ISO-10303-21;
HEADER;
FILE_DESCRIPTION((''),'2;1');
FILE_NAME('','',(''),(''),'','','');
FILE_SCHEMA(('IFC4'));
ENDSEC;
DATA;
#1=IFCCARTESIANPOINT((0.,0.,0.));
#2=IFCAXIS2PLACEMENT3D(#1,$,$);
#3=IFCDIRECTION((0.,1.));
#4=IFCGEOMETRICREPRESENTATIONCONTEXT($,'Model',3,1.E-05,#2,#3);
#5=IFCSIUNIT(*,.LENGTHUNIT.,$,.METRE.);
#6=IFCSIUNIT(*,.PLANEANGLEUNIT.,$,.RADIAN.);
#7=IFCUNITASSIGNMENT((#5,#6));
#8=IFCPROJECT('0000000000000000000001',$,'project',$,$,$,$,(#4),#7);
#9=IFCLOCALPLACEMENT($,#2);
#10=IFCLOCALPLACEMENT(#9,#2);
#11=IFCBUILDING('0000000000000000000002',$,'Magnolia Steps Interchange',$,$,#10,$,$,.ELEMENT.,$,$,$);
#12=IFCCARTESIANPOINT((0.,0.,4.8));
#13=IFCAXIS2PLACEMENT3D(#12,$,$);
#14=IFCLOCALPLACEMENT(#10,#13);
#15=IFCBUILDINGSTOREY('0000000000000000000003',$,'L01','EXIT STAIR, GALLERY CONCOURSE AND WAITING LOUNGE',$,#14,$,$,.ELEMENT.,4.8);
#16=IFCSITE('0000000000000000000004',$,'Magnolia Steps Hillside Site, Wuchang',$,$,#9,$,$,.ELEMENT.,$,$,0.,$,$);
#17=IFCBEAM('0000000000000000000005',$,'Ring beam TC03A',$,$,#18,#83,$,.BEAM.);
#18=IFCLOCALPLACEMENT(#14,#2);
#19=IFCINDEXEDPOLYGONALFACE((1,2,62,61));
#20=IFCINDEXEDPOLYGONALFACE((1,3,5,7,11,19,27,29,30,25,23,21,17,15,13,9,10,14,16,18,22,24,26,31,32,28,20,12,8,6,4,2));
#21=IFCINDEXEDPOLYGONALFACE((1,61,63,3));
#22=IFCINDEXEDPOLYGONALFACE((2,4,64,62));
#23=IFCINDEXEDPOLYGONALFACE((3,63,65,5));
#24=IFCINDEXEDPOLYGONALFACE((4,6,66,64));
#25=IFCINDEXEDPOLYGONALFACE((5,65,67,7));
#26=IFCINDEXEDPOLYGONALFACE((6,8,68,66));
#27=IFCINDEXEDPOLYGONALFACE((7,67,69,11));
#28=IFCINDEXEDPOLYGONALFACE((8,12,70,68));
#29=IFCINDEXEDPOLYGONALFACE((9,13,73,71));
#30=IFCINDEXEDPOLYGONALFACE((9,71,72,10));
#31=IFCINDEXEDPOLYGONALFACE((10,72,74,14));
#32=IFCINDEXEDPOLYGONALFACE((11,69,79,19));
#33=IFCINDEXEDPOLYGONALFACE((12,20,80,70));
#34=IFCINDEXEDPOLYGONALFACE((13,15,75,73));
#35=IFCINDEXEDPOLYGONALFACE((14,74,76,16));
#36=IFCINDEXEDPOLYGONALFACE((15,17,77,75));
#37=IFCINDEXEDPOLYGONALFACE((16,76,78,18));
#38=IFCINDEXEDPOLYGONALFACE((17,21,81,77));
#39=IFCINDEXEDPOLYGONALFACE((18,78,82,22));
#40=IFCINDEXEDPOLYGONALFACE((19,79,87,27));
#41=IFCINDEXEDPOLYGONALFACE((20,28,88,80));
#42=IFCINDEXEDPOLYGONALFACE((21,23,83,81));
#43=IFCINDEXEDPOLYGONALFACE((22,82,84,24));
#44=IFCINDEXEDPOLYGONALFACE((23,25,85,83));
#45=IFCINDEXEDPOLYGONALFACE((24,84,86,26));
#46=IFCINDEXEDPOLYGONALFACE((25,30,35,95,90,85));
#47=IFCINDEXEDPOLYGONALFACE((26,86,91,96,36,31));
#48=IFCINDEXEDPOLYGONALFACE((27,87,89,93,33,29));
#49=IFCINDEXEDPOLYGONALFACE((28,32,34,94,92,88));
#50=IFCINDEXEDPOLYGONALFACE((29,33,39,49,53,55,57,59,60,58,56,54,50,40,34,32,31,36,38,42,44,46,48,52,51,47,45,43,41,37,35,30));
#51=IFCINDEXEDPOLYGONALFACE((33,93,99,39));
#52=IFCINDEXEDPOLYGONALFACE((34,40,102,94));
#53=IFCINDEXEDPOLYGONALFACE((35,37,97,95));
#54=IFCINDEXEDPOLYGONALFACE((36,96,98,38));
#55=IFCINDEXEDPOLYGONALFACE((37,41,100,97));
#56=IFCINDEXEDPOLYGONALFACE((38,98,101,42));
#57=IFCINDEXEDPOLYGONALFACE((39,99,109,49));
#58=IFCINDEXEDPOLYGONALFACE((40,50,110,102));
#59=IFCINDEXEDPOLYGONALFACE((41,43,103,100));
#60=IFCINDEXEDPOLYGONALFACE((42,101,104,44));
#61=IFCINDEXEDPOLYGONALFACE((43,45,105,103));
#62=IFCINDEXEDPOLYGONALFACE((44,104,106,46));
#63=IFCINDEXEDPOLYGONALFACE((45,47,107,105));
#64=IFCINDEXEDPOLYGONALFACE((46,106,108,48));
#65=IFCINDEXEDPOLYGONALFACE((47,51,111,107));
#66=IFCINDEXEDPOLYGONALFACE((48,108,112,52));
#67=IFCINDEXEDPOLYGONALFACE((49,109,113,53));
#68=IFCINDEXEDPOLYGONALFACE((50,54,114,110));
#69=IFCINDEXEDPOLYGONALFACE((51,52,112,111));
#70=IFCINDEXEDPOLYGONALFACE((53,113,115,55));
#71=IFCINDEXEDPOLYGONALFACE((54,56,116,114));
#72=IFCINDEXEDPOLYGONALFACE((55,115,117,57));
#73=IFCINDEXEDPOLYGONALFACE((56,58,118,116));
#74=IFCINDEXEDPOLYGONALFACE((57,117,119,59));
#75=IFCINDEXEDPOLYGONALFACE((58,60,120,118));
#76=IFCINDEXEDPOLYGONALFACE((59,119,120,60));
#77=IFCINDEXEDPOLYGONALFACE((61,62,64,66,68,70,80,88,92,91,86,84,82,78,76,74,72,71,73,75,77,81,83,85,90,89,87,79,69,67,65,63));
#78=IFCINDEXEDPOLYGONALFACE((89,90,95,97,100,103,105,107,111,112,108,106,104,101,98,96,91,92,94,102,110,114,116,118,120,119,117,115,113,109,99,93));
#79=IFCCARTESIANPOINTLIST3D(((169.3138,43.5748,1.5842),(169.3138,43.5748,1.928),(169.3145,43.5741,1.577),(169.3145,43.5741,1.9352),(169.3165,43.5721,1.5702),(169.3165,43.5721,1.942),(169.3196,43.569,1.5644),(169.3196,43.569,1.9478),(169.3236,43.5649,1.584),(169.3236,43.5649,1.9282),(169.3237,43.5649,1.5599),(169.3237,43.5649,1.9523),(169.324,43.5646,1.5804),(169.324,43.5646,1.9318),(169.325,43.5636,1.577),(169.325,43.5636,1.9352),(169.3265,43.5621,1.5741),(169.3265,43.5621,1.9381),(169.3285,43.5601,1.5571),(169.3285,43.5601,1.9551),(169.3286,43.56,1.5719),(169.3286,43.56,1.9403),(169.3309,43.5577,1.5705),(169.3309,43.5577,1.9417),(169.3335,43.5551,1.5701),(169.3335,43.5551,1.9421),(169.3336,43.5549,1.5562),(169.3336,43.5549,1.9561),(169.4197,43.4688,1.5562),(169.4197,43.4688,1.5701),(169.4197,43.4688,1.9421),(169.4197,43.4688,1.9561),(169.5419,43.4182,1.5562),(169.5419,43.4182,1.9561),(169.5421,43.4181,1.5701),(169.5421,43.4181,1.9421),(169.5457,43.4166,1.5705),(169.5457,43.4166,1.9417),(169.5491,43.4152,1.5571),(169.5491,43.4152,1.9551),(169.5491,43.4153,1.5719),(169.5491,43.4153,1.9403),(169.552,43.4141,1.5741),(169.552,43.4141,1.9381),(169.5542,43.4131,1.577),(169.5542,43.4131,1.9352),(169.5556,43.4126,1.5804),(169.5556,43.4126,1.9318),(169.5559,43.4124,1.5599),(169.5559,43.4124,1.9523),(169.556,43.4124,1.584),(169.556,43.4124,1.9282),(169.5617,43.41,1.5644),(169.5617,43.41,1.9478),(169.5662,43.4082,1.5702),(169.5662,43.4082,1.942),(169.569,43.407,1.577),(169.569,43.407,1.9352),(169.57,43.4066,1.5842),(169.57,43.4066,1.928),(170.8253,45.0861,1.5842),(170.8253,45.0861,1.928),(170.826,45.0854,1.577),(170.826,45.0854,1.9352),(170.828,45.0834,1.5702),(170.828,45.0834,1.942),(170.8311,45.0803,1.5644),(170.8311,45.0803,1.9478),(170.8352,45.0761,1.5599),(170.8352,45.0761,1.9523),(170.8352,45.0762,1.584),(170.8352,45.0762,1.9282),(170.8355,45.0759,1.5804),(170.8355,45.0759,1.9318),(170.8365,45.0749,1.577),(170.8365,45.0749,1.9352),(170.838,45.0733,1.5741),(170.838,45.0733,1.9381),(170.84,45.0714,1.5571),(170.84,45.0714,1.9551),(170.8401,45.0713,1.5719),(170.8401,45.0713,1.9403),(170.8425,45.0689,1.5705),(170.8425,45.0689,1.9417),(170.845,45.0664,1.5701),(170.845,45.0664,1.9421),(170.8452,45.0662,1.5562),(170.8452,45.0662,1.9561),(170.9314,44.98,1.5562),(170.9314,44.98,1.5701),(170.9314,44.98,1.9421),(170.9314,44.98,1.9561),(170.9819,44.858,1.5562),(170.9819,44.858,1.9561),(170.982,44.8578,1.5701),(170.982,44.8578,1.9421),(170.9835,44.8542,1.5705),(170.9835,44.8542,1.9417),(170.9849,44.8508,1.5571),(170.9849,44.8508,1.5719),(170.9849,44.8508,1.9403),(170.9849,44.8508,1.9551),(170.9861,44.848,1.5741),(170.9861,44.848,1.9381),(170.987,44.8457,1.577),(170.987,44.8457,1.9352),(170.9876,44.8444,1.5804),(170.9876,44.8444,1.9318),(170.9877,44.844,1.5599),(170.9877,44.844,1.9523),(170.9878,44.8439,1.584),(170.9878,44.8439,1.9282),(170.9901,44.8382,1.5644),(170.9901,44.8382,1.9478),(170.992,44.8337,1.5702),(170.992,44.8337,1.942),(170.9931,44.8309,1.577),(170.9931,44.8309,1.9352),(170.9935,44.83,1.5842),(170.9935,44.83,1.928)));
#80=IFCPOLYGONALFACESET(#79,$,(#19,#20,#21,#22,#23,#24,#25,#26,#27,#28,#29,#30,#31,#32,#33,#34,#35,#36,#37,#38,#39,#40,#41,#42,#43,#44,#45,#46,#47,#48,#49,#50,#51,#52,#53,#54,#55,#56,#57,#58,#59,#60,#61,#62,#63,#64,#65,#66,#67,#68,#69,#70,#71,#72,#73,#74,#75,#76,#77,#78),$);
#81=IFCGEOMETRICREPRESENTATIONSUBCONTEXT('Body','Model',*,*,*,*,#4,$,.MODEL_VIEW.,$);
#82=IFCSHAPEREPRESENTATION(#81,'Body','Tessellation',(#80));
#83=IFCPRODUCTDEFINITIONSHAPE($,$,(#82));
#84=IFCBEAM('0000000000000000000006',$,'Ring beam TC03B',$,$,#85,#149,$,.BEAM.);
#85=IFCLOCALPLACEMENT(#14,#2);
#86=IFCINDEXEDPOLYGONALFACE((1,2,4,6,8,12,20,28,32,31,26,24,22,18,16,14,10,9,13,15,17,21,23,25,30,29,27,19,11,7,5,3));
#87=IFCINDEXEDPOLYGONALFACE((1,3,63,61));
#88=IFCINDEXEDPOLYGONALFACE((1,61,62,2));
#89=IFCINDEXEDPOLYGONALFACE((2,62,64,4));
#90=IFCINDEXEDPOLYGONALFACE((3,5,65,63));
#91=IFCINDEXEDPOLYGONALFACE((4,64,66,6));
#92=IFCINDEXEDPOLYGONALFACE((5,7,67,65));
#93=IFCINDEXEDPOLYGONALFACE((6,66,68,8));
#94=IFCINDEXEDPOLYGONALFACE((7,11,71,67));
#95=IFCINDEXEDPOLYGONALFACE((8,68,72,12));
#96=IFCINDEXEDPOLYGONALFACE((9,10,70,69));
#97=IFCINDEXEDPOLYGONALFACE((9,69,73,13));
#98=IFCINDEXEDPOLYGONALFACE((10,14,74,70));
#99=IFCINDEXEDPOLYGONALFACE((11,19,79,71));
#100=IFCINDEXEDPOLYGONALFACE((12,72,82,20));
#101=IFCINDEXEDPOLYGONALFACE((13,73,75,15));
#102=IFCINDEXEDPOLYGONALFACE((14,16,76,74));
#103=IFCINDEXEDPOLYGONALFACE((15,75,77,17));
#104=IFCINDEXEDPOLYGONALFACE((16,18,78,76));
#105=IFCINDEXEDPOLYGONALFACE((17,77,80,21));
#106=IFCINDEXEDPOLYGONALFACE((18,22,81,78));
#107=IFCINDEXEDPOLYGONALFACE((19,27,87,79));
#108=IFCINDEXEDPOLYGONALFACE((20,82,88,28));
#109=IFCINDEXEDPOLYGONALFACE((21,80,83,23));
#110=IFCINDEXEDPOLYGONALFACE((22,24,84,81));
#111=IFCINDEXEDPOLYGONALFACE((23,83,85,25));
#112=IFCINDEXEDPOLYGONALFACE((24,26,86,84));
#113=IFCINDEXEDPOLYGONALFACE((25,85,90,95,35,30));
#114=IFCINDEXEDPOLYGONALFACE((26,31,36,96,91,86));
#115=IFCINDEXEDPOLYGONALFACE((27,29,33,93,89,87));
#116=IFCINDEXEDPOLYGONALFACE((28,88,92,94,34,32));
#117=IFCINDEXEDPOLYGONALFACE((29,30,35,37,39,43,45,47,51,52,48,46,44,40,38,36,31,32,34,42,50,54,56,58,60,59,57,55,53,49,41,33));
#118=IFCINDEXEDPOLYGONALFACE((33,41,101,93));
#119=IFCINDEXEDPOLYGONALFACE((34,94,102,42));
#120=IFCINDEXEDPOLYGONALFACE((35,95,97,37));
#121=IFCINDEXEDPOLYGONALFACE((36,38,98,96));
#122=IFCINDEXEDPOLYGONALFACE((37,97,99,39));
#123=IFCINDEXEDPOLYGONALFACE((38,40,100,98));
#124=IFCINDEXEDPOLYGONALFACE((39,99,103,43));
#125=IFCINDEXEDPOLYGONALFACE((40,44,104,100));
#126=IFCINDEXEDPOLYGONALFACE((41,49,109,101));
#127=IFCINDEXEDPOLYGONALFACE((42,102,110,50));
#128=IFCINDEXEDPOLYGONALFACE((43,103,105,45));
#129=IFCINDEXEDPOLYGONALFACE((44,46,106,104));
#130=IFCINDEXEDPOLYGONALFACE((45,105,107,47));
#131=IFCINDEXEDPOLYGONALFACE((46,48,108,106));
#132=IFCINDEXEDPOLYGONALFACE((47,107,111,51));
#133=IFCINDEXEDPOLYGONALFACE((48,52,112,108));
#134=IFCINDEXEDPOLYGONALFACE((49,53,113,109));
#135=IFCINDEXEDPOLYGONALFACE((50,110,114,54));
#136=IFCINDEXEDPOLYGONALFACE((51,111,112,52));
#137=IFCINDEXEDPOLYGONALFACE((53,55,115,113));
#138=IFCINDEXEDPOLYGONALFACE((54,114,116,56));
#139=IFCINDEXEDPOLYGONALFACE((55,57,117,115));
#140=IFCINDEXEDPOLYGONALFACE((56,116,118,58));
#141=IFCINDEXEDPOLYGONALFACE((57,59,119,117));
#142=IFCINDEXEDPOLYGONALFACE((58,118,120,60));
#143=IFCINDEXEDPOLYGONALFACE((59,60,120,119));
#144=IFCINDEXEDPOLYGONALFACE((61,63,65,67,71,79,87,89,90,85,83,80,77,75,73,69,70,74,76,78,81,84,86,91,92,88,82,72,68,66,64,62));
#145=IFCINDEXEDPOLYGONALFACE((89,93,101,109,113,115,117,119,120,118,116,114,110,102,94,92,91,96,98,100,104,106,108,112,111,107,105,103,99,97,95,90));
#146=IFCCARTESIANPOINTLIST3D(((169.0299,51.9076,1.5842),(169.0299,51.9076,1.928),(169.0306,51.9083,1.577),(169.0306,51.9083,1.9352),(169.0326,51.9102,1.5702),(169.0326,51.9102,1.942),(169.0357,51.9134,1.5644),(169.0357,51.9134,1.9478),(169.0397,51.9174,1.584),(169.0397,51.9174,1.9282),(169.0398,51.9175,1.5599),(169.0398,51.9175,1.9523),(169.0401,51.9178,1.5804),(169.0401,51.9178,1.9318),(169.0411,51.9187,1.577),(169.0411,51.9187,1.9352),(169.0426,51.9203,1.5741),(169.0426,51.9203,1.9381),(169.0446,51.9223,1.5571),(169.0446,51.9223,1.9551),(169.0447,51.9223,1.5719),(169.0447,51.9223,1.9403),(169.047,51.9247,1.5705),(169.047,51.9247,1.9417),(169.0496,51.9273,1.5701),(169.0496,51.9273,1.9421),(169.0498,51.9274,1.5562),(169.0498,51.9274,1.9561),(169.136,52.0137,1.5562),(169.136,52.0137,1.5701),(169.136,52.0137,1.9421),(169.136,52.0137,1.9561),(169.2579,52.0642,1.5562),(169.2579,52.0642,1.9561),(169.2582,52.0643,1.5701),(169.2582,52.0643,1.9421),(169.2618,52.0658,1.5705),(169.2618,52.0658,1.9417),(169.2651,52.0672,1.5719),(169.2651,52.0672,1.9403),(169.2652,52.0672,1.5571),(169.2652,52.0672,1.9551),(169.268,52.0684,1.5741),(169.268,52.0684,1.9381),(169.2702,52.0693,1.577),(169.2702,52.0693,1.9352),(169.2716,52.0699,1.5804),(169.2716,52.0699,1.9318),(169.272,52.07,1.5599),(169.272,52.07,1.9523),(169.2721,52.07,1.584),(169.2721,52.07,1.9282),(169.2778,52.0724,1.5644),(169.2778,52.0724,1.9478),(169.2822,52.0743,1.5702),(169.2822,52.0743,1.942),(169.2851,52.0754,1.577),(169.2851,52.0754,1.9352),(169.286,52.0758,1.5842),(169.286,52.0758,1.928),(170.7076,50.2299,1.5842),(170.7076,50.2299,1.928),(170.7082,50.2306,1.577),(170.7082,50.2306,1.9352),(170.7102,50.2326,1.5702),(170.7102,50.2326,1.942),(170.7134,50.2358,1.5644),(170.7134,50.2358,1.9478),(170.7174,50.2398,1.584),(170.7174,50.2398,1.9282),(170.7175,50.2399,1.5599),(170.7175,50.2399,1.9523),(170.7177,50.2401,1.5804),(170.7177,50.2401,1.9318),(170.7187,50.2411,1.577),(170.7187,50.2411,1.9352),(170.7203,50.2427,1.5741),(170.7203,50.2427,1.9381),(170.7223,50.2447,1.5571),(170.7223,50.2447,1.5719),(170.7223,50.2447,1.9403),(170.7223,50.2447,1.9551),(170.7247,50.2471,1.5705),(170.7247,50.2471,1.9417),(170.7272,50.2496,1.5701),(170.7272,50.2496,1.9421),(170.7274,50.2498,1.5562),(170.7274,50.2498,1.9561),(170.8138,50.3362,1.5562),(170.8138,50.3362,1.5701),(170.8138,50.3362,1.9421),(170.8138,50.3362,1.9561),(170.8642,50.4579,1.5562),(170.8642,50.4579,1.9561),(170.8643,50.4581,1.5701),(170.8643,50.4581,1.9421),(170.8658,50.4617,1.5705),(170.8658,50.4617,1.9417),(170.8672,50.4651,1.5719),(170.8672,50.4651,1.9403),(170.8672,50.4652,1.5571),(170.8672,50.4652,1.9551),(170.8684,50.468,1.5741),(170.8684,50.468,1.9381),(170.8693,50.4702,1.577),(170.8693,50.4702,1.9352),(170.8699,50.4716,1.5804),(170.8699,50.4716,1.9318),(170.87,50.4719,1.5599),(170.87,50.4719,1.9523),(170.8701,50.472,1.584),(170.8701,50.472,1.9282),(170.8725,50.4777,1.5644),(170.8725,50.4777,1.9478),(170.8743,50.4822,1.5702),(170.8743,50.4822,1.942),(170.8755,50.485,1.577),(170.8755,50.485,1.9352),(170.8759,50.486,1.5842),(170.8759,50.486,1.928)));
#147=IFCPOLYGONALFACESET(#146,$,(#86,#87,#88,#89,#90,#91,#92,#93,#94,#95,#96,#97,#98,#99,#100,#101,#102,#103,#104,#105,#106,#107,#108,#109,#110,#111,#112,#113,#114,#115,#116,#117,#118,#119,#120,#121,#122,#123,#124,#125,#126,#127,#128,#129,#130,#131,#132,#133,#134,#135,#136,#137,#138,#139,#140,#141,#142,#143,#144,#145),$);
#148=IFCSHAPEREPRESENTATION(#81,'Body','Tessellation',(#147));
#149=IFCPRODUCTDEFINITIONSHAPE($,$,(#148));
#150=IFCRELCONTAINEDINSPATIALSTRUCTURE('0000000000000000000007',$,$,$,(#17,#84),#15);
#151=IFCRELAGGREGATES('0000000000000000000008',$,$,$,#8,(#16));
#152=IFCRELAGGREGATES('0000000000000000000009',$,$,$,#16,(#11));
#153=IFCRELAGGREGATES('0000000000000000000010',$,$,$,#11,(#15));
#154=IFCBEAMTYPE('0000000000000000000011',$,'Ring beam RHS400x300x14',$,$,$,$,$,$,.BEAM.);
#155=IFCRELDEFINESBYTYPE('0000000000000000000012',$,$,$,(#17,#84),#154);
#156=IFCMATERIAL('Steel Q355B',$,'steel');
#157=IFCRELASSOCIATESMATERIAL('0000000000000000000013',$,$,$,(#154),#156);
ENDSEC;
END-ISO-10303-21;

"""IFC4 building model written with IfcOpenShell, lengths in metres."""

from ifc_helpers import new_model, si_unit, direction, frame, origin, origin_2d, place, context, subcontext, project, spatial, hollow_rectangle, extrude, clip, halfspace, material, material_profile, profile_set, type_object, element, save


model = new_model("IFC4")

# Units and contexts
model_context = context("Model", 3, precision=1e-05, world=origin(), true_north=direction((0.0, 1.0)))
body_context = subcontext(model_context, "Body", "Model", "MODEL_VIEW")
ifc_project = project(units=[si_unit("LENGTHUNIT", "METRE"), si_unit("PLANEANGLEUNIT", "RADIAN")], contexts=[model_context])

# Site, building, storey
site_placement = place(None, origin())
site = spatial("IfcSite", under=ifc_project, at=site_placement, Name="Magnolia Steps Hillside Site, Wuchang", CompositionType="ELEMENT", RefElevation=0.0)
building_placement = place(site_placement, origin())
building = spatial("IfcBuilding", under=site, at=building_placement, Name="Magnolia Steps Interchange", CompositionType="ELEMENT")
storey_placement = place(building_placement, frame((0.0, 0.0, 4.8)))
storey = spatial("IfcBuildingStorey", under=building, at=storey_placement, Name="L01", Description="EXIT STAIR, GALLERY CONCOURSE AND WAITING LOUNGE", CompositionType="ELEMENT", Elevation=4.8)

# Beams
ifc_material_1 = material(Name="Steel Q355B", Category="steel")
ifc_material_profile_1 = material_profile(ifc_material_1, hollow_rectangle(XDim=0.3, YDim=0.3999, WallThickness=0.0139, InnerFilletRadius=0.0139, OuterFilletRadius=0.0281, at=origin_2d()), Name="RHS400x300x14")
ifc_profile_set_1 = profile_set([ifc_material_profile_1], Name="Steel Q355B")
beam_type_1 = type_object("IfcBeamType", Name="Ring beam RHS400x300x14", PredefinedType="BEAM", material=ifc_profile_set_1)
beam_1_placement = place(storey_placement, frame((170.9314, 44.98, 1.7561), z_axis=(-0.707164, -0.70705, 0.0), x_axis=(0.70705, -0.707164, 0.0)))
element("IfcBeam", 1, at=beam_1_placement, inside=storey, type_object=beam_type_1, Name="Ring beam TC03A", PredefinedType="BEAM", context=body_context, shape_type="Clipping", body=[
    clip(clip(extrude(hollow_rectangle(XDim=0.3, YDim=0.3999, WallThickness=0.0139, InnerFilletRadius=0.0139, OuterFilletRadius=0.0281, at=origin_2d()), origin(), (0.0, 0.0, 1.0), 2.1375), halfspace(frame((0.0, 0.0, 0.0), z_axis=(0.382609, 0.0, -0.92391), x_axis=(0.92391, 0.0, 0.382609)), False)), halfspace(frame((0.0, 0.0, 2.1374), z_axis=(0.382758, 0.0, 0.923849), x_axis=(0.923849, 0.0, -0.382758)), False)),
])
beam_2_placement = place(storey_placement, frame((169.136, 52.0137, 1.7561), z_axis=(0.707107, -0.707107, 0.0), x_axis=(0.707107, 0.707107, 0.0)))
element("IfcBeam", 2, at=beam_2_placement, inside=storey, type_object=beam_type_1, Name="Ring beam TC03B", PredefinedType="BEAM", context=body_context, shape_type="Clipping", body=[
    clip(clip(extrude(hollow_rectangle(XDim=0.3, YDim=0.3999, WallThickness=0.0139, InnerFilletRadius=0.0139, OuterFilletRadius=0.0281, at=origin_2d()), origin(), (0.0, 0.0, 1.0), 2.3726), halfspace(frame((0.0, 0.0, 0.0), z_axis=(0.382683, 0.0, -0.92388), x_axis=(0.92388, 0.0, 0.382683)), False)), halfspace(frame((0.0, 0.0, 2.3727), z_axis=(0.382683, 0.0, 0.92388), x_axis=(0.92388, 0.0, -0.382683)), False)),
])

save(model, "model.ifc")
